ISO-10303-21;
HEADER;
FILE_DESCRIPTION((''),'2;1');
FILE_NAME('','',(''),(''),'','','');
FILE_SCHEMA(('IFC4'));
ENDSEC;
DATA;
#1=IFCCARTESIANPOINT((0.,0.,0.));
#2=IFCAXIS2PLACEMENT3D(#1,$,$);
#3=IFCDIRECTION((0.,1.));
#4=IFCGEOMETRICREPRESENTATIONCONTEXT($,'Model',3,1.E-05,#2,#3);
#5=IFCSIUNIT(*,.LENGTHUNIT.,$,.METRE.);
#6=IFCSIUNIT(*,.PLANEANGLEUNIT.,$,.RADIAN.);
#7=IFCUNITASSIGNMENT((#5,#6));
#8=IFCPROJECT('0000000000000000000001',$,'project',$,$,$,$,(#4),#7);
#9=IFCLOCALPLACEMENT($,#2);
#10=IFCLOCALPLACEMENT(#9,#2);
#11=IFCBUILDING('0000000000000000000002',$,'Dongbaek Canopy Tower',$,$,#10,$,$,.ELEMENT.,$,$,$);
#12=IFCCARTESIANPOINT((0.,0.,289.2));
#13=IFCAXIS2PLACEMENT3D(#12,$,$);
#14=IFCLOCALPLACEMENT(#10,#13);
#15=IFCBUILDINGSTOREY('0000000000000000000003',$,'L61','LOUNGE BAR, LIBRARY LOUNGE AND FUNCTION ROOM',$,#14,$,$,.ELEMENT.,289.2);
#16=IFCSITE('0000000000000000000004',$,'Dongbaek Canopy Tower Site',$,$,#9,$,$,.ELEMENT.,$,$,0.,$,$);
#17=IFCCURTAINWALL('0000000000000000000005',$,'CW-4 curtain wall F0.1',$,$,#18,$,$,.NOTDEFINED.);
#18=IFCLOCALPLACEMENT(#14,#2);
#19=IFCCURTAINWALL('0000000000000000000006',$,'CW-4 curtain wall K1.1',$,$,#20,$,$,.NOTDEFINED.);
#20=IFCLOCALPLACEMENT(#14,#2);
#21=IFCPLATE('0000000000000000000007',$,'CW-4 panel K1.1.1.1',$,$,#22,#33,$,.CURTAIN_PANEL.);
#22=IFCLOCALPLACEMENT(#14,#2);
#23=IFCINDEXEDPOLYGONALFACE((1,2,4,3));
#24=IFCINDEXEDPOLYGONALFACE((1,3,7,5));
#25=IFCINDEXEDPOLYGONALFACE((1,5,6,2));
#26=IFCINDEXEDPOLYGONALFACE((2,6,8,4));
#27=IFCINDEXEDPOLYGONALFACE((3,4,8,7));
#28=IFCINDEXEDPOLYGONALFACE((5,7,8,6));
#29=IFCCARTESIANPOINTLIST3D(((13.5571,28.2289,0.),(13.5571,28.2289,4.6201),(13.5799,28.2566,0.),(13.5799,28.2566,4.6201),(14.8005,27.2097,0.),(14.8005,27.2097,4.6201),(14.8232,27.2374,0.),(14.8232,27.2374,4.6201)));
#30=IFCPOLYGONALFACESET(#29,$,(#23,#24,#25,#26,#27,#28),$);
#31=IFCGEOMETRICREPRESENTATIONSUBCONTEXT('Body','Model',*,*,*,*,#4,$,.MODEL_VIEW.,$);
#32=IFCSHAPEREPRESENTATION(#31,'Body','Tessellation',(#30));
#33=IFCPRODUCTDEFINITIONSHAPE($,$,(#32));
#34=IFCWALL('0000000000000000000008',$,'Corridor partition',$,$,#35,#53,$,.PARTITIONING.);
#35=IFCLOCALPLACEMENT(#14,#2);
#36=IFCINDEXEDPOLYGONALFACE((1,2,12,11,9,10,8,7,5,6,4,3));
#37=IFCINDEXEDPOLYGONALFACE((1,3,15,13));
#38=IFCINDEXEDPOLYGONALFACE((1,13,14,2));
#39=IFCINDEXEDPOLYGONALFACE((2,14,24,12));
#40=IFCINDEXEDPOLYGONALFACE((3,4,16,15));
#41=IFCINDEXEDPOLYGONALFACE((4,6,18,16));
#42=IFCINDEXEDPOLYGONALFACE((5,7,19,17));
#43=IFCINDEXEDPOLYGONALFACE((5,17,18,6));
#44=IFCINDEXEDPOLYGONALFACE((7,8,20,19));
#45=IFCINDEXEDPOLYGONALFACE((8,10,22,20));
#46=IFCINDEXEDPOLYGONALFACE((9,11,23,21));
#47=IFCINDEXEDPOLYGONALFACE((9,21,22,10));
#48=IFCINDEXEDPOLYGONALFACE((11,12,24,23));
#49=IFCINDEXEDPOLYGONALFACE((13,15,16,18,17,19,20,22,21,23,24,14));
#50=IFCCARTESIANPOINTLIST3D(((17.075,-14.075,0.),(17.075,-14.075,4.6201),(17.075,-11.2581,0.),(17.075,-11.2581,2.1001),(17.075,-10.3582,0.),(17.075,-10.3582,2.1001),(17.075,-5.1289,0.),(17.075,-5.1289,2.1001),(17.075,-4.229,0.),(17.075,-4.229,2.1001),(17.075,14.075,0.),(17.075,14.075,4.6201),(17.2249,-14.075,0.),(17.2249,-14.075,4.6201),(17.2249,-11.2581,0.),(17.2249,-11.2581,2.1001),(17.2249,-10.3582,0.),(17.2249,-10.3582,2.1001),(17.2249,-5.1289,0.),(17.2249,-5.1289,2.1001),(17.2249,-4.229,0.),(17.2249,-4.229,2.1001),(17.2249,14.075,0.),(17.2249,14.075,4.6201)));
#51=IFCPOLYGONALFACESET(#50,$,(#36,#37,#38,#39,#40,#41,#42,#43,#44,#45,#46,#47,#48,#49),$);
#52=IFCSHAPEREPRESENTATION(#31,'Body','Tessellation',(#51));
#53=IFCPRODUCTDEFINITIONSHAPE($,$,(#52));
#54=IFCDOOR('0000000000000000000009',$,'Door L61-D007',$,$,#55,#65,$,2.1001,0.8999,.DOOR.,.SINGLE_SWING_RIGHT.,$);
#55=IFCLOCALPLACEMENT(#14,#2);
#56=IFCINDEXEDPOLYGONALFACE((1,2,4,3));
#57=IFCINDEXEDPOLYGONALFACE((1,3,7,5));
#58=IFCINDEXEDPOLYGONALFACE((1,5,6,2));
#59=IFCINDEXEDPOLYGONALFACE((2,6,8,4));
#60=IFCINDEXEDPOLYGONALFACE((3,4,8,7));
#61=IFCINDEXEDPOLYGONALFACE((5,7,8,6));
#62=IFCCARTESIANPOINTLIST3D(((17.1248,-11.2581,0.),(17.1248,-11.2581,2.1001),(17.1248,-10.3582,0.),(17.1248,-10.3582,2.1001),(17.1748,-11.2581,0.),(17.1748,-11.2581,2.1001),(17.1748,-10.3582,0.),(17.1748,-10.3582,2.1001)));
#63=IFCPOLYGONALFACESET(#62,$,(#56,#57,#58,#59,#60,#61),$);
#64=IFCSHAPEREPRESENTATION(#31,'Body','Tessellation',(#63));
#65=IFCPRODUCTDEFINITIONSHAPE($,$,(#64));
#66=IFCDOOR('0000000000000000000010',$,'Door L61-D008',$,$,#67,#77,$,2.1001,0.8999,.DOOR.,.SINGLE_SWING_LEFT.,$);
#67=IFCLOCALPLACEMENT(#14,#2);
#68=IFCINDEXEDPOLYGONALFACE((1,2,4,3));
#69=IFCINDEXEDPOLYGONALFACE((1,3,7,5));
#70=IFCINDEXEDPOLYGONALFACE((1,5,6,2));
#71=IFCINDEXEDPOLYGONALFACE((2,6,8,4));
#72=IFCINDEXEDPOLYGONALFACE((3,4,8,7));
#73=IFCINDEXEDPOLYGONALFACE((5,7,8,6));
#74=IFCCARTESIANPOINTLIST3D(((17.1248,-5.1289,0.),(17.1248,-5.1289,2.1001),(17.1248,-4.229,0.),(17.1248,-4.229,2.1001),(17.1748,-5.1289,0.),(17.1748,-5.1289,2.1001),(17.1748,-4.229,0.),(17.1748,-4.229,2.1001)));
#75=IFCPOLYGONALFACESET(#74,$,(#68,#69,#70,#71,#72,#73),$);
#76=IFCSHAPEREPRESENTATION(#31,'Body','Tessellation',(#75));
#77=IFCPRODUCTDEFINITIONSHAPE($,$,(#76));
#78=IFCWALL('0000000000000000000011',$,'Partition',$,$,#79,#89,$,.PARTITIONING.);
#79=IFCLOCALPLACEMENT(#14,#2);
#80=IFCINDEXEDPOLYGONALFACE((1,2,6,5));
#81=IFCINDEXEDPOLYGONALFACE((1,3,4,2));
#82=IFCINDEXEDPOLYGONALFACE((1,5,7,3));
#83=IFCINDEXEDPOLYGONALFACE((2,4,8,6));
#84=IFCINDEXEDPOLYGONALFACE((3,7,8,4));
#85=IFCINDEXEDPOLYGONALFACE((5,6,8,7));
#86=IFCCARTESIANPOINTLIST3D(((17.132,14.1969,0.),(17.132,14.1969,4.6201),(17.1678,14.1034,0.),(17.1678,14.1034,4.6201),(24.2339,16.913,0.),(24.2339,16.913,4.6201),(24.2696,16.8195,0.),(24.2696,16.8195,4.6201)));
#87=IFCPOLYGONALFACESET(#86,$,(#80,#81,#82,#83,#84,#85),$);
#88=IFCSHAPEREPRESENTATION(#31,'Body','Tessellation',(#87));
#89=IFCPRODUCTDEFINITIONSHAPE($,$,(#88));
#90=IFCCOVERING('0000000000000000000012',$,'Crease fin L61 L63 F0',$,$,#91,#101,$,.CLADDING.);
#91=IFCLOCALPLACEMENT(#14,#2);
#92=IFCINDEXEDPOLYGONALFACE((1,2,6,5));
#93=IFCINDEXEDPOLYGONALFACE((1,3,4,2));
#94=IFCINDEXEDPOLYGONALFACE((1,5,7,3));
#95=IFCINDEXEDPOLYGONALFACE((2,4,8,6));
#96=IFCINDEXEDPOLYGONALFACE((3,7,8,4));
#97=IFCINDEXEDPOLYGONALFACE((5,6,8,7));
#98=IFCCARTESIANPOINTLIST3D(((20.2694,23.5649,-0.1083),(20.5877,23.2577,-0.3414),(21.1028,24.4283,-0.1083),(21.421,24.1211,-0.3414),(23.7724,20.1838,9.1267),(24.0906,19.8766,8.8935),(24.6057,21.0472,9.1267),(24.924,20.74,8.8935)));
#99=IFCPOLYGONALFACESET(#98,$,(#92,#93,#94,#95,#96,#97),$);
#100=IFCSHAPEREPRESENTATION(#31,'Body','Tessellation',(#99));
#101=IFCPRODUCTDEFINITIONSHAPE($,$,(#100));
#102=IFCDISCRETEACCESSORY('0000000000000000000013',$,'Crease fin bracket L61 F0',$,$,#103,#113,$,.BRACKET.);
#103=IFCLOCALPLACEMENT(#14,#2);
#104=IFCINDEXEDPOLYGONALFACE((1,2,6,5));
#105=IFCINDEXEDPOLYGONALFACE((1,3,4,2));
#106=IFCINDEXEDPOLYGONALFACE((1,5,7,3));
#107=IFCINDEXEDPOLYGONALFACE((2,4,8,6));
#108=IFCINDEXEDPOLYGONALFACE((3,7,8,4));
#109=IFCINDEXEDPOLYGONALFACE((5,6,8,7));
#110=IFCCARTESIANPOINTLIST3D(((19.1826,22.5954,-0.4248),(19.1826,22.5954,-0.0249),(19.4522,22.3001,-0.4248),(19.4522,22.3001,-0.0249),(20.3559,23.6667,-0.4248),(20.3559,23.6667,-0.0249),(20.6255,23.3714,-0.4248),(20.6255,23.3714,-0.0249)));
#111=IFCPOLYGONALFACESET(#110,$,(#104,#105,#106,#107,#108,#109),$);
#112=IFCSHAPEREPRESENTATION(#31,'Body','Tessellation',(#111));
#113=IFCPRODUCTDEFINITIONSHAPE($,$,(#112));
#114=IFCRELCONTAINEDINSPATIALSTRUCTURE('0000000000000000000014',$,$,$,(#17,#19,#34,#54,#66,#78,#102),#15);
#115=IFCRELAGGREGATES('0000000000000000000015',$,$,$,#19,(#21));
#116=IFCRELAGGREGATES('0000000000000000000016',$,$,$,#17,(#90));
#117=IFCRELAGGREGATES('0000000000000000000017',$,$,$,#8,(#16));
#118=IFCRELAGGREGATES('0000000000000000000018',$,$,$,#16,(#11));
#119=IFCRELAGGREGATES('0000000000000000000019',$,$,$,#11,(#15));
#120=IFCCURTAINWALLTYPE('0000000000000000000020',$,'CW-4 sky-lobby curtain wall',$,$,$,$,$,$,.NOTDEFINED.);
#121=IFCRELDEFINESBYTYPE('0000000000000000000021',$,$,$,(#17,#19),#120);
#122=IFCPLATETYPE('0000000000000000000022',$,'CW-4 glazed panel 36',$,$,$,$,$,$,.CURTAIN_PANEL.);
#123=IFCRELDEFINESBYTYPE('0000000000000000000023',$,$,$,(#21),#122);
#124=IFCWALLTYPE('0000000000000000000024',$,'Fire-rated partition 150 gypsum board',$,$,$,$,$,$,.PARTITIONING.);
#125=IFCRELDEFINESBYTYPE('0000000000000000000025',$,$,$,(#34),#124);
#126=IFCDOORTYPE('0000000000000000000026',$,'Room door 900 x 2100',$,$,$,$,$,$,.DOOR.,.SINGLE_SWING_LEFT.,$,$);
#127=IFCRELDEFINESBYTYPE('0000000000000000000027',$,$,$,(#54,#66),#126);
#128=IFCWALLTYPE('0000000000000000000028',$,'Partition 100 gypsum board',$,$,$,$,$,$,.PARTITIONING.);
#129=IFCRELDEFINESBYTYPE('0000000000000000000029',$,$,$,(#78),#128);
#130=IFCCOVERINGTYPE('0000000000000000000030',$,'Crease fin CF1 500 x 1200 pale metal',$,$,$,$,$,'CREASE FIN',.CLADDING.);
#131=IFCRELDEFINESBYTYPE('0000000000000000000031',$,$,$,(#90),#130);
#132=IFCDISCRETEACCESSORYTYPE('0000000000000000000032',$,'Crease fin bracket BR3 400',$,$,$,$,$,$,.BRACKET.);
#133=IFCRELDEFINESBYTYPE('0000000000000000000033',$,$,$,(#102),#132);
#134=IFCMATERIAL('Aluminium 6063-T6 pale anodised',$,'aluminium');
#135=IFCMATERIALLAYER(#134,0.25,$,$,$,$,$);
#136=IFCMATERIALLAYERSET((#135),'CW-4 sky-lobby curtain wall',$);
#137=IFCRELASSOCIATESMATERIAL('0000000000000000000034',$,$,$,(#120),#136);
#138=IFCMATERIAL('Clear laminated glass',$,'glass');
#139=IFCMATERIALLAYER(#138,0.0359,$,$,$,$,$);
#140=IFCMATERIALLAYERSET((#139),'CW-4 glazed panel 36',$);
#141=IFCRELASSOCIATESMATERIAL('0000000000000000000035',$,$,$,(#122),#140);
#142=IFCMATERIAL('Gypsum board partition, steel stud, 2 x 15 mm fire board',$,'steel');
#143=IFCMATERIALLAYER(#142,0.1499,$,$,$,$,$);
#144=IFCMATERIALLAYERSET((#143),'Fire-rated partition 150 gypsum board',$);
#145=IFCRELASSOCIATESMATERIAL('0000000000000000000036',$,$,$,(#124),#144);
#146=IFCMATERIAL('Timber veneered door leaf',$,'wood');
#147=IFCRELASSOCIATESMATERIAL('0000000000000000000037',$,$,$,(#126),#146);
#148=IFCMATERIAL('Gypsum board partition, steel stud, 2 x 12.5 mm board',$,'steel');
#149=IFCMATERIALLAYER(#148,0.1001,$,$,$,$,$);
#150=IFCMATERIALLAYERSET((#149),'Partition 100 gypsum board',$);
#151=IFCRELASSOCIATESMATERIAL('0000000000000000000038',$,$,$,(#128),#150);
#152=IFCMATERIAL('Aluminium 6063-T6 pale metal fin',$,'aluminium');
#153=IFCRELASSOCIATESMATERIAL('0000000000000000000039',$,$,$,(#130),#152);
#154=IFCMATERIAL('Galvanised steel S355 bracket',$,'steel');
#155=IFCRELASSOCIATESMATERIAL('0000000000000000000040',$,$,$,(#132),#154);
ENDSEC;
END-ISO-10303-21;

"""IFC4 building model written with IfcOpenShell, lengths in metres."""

from ifc_helpers import new_model, si_unit, direction, frame, frame_2d, origin, origin_2d, place, context, subcontext, project, spatial, rectangle, extrude, material, layer, layer_set, material_profile, profile_set, type_object, element, fill, aggregate, save


model = new_model("IFC4")

# Units and contexts
model_context = context("Model", 3, precision=1e-05, world=origin(), true_north=direction((0.0, 1.0)))
body_context = subcontext(model_context, "Body", "Model", "MODEL_VIEW")
ifc_project = project(units=[si_unit("LENGTHUNIT", "METRE"), si_unit("PLANEANGLEUNIT", "RADIAN")], contexts=[model_context])

# Site, building, storey
site_placement = place(None, origin())
site = spatial("IfcSite", under=ifc_project, at=site_placement, Name="Dongbaek Canopy Tower Site", CompositionType="ELEMENT", RefElevation=0.0)
building_placement = place(site_placement, origin())
building = spatial("IfcBuilding", under=site, at=building_placement, Name="Dongbaek Canopy Tower", CompositionType="ELEMENT")
storey_placement = place(building_placement, frame((0.0, 0.0, 289.2)))
storey = spatial("IfcBuildingStorey", under=building, at=storey_placement, Name="L61", Description="LOUNGE BAR, LIBRARY LOUNGE AND FUNCTION ROOM", CompositionType="ELEMENT", Elevation=289.2)

# Curtain wall
ifc_material_1 = material(Name="Aluminium 6063-T6 pale anodised", Category="aluminium")
ifc_layer_1 = layer(ifc_material_1, 0.25)
ifc_layer_set_1 = layer_set([ifc_layer_1], Name="CW-4 sky-lobby curtain wall")
curtain_wall_type = type_object("IfcCurtainWallType", Name="CW-4 sky-lobby curtain wall", PredefinedType="NOTDEFINED", material=ifc_layer_set_1)
curtain_wall_1_placement = place(storey_placement, origin())
curtain_wall_1 = element("IfcCurtainWall", 1, at=curtain_wall_1_placement, inside=storey, type_object=curtain_wall_type, Name="CW-4 curtain wall F0.1", PredefinedType="NOTDEFINED")

# Curtain wall
curtain_wall_2_placement = place(storey_placement, origin())
curtain_wall_2 = element("IfcCurtainWall", 2, at=curtain_wall_2_placement, inside=storey, type_object=curtain_wall_type, Name="CW-4 curtain wall K1.1", PredefinedType="NOTDEFINED")

# Plate
ifc_material_2 = material(Name="Clear laminated glass", Category="glass")
ifc_layer_2 = layer(ifc_material_2, 0.0359)
ifc_layer_set_2 = layer_set([ifc_layer_2], Name="CW-4 glazed panel 36")
plate_type = type_object("IfcPlateType", Name="CW-4 glazed panel 36", PredefinedType="CURTAIN_PANEL", material=ifc_layer_set_2)
plate_1_placement = place(storey_placement, frame((14.1902, 27.7332, 0.0), z_axis=(0.0, 0.0, 1.0), x_axis=(-0.773372, 0.633952, 0.0)))
plate_1 = element("IfcPlate", 3, at=plate_1_placement, type_object=plate_type, Name="CW-4 panel K1.1.1.1", PredefinedType="CURTAIN_PANEL", context=body_context, shape_type="SweptSolid", body=[
    extrude(rectangle(XDim=1.6077, YDim=0.0359, at=origin_2d()), origin(), (0.0, 0.0, 1.0), 4.6201),
])
aggregate(curtain_wall_2, [plate_1])

# Wall, openings, doors
ifc_material_3 = material(Name="Gypsum board partition, steel stud, 2 x 15 mm fire board", Category="steel")
ifc_layer_3 = layer(ifc_material_3, 0.1499)
ifc_layer_set_3 = layer_set([ifc_layer_3], Name="Fire-rated partition 150 gypsum board")
wall_type_1 = type_object("IfcWallType", Name="Fire-rated partition 150 gypsum board", PredefinedType="PARTITIONING", material=ifc_layer_set_3)
wall_1_placement = place(storey_placement, frame((17.1499, 14.075, 0.0), z_axis=(0.0, 0.0, 1.0), x_axis=(0.0, -1.0, 0.0)))
wall_1 = element("IfcWall", 4, at=wall_1_placement, inside=storey, type_object=wall_type_1, Name="Corridor partition", PredefinedType="PARTITIONING", context=body_context, shape_type="SweptSolid", body=[
    extrude(rectangle(XDim=28.1499, YDim=0.1499, at=frame_2d((14.075, 0.0))), origin(), (0.0, 0.0, 1.0), 4.6201),
])
opening_1_placement = place(wall_1_placement, frame((24.4331, 0.0, 0.0)))
opening_1 = element("IfcOpeningElement", 5, at=opening_1_placement, cuts=wall_1, PredefinedType="OPENING", context=body_context, shape_type="SweptSolid", body=[
    extrude(rectangle(XDim=0.8999, YDim=2.1001, at=frame_2d((0.45, 1.05))), frame((0.0, 0.085, 0.0), z_axis=(0.0, -1.0, 0.0), x_axis=(1.0, 0.0, 0.0)), (0.0, 0.0, 1.0), 0.1699),
])
opening_2_placement = place(wall_1_placement, frame((18.304, 0.0, 0.0)))
opening_2 = element("IfcOpeningElement", 6, at=opening_2_placement, cuts=wall_1, PredefinedType="OPENING", context=body_context, shape_type="SweptSolid", body=[
    extrude(rectangle(XDim=0.8999, YDim=2.1001, at=frame_2d((0.45, 1.05))), frame((0.0, 0.085, 0.0), z_axis=(0.0, -1.0, 0.0), x_axis=(1.0, 0.0, 0.0)), (0.0, 0.0, 1.0), 0.1699),
])
ifc_material_4 = material(Name="Timber veneered door leaf", Category="wood")
door_type = type_object("IfcDoorType", Name="Room door 900 x 2100", OperationType="SINGLE_SWING_LEFT", PredefinedType="DOOR", material=ifc_material_4)
door_1_placement = place(opening_1_placement, origin())
door_1 = element("IfcDoor", 7, at=door_1_placement, inside=storey, type_object=door_type, Name="Door L61-D007", OperationType="SINGLE_SWING_RIGHT", OverallHeight=2.1001, OverallWidth=0.8999, PredefinedType="DOOR", context=body_context, shape_type="SweptSolid", body=[
    extrude(rectangle(XDim=0.8999, YDim=2.1001, at=frame_2d((0.45, 1.05))), frame((0.0, 0.0249, 0.0), z_axis=(0.0, -1.0, 0.0), x_axis=(1.0, 0.0, 0.0)), (0.0, 0.0, 1.0), 0.05),
])
fill(opening_1, door_1)
door_2_placement = place(opening_2_placement, origin())
door_2 = element("IfcDoor", 8, at=door_2_placement, inside=storey, type_object=door_type, Name="Door L61-D008", OperationType="SINGLE_SWING_LEFT", OverallHeight=2.1001, OverallWidth=0.8999, PredefinedType="DOOR", context=body_context, shape_type="SweptSolid", body=[
    extrude(rectangle(XDim=0.8999, YDim=2.1001, at=frame_2d((0.45, 1.05))), frame((0.0, 0.0249, 0.0), z_axis=(0.0, -1.0, 0.0), x_axis=(1.0, 0.0, 0.0)), (0.0, 0.0, 1.0), 0.05),
])
fill(opening_2, door_2)

# Wall
ifc_material_5 = material(Name="Gypsum board partition, steel stud, 2 x 12.5 mm board", Category="steel")
ifc_layer_4 = layer(ifc_material_5, 0.1001)
ifc_layer_set_4 = layer_set([ifc_layer_4], Name="Partition 100 gypsum board")
wall_type_2 = type_object("IfcWallType", Name="Partition 100 gypsum board", PredefinedType="PARTITIONING", material=ifc_layer_set_4)
wall_2_placement = place(storey_placement, frame((17.1499, 14.1501, 0.0), z_axis=(0.0, 0.0, 1.0), x_axis=(0.934023, 0.357214, 0.0)))
element("IfcWall", 9, at=wall_2_placement, inside=storey, type_object=wall_type_2, Name="Partition", PredefinedType="PARTITIONING", context=body_context, shape_type="SweptSolid", body=[
    extrude(rectangle(XDim=7.6035, YDim=0.1001, at=frame_2d((3.8018, 0.0))), origin(), (0.0, 0.0, 1.0), 4.6201),
])

# Covering
ifc_material_6 = material(Name="Aluminium 6063-T6 pale metal fin", Category="aluminium")
ifc_material_profile_1 = material_profile(ifc_material_6, rectangle(XDim=1.2, YDim=0.5, at=origin_2d()), Name="Crease fin CF1 500 x 1200 pale metal")
ifc_profile_set_1 = profile_set([ifc_material_profile_1], Name="Aluminium 6063-T6 pale metal fin")
covering_type = type_object("IfcCoveringType", Name="Crease fin CF1 500 x 1200 pale metal", ElementType="CREASE FIN", PredefinedType="CLADDING", material=ifc_profile_set_1)
covering_placement = place(storey_placement, frame((20.8452, 23.843, -0.2249), z_axis=(0.335543, -0.323873, 0.8846), x_axis=(0.694484, 0.719508, 0.0)))
covering = element("IfcCovering", 10, at=covering_placement, type_object=covering_type, Name="Crease fin L61 L63 F0", PredefinedType="CLADDING", context=body_context, shape_type="SweptSolid", body=[
    extrude(rectangle(XDim=1.2, YDim=0.5, at=origin_2d()), origin(), (0.0, 0.0, 1.0), 10.4397),
])
aggregate(curtain_wall_1, [covering])

# Discrete accessory
ifc_material_7 = material(Name="Galvanised steel S355 bracket", Category="steel")
discrete_accessory_type = type_object("IfcDiscreteAccessoryType", Name="Crease fin bracket BR3 400", PredefinedType="BRACKET", material=ifc_material_7)
discrete_accessory_placement = place(storey_placement, frame((19.9041, 22.9834, -0.4248), z_axis=(0.0, 0.0, 1.0), x_axis=(0.738451, 0.674308, 0.0)))
element("IfcDiscreteAccessory", 11, at=discrete_accessory_placement, inside=storey, type_object=discrete_accessory_type, Name="Crease fin bracket L61 F0", PredefinedType="BRACKET", context=body_context, shape_type="SweptSolid", body=[
    extrude(rectangle(XDim=1.5889, YDim=0.3999, at=origin_2d()), origin(), (0.0, 0.0, 1.0), 0.3999),
])

save(model, "model.ifc")
